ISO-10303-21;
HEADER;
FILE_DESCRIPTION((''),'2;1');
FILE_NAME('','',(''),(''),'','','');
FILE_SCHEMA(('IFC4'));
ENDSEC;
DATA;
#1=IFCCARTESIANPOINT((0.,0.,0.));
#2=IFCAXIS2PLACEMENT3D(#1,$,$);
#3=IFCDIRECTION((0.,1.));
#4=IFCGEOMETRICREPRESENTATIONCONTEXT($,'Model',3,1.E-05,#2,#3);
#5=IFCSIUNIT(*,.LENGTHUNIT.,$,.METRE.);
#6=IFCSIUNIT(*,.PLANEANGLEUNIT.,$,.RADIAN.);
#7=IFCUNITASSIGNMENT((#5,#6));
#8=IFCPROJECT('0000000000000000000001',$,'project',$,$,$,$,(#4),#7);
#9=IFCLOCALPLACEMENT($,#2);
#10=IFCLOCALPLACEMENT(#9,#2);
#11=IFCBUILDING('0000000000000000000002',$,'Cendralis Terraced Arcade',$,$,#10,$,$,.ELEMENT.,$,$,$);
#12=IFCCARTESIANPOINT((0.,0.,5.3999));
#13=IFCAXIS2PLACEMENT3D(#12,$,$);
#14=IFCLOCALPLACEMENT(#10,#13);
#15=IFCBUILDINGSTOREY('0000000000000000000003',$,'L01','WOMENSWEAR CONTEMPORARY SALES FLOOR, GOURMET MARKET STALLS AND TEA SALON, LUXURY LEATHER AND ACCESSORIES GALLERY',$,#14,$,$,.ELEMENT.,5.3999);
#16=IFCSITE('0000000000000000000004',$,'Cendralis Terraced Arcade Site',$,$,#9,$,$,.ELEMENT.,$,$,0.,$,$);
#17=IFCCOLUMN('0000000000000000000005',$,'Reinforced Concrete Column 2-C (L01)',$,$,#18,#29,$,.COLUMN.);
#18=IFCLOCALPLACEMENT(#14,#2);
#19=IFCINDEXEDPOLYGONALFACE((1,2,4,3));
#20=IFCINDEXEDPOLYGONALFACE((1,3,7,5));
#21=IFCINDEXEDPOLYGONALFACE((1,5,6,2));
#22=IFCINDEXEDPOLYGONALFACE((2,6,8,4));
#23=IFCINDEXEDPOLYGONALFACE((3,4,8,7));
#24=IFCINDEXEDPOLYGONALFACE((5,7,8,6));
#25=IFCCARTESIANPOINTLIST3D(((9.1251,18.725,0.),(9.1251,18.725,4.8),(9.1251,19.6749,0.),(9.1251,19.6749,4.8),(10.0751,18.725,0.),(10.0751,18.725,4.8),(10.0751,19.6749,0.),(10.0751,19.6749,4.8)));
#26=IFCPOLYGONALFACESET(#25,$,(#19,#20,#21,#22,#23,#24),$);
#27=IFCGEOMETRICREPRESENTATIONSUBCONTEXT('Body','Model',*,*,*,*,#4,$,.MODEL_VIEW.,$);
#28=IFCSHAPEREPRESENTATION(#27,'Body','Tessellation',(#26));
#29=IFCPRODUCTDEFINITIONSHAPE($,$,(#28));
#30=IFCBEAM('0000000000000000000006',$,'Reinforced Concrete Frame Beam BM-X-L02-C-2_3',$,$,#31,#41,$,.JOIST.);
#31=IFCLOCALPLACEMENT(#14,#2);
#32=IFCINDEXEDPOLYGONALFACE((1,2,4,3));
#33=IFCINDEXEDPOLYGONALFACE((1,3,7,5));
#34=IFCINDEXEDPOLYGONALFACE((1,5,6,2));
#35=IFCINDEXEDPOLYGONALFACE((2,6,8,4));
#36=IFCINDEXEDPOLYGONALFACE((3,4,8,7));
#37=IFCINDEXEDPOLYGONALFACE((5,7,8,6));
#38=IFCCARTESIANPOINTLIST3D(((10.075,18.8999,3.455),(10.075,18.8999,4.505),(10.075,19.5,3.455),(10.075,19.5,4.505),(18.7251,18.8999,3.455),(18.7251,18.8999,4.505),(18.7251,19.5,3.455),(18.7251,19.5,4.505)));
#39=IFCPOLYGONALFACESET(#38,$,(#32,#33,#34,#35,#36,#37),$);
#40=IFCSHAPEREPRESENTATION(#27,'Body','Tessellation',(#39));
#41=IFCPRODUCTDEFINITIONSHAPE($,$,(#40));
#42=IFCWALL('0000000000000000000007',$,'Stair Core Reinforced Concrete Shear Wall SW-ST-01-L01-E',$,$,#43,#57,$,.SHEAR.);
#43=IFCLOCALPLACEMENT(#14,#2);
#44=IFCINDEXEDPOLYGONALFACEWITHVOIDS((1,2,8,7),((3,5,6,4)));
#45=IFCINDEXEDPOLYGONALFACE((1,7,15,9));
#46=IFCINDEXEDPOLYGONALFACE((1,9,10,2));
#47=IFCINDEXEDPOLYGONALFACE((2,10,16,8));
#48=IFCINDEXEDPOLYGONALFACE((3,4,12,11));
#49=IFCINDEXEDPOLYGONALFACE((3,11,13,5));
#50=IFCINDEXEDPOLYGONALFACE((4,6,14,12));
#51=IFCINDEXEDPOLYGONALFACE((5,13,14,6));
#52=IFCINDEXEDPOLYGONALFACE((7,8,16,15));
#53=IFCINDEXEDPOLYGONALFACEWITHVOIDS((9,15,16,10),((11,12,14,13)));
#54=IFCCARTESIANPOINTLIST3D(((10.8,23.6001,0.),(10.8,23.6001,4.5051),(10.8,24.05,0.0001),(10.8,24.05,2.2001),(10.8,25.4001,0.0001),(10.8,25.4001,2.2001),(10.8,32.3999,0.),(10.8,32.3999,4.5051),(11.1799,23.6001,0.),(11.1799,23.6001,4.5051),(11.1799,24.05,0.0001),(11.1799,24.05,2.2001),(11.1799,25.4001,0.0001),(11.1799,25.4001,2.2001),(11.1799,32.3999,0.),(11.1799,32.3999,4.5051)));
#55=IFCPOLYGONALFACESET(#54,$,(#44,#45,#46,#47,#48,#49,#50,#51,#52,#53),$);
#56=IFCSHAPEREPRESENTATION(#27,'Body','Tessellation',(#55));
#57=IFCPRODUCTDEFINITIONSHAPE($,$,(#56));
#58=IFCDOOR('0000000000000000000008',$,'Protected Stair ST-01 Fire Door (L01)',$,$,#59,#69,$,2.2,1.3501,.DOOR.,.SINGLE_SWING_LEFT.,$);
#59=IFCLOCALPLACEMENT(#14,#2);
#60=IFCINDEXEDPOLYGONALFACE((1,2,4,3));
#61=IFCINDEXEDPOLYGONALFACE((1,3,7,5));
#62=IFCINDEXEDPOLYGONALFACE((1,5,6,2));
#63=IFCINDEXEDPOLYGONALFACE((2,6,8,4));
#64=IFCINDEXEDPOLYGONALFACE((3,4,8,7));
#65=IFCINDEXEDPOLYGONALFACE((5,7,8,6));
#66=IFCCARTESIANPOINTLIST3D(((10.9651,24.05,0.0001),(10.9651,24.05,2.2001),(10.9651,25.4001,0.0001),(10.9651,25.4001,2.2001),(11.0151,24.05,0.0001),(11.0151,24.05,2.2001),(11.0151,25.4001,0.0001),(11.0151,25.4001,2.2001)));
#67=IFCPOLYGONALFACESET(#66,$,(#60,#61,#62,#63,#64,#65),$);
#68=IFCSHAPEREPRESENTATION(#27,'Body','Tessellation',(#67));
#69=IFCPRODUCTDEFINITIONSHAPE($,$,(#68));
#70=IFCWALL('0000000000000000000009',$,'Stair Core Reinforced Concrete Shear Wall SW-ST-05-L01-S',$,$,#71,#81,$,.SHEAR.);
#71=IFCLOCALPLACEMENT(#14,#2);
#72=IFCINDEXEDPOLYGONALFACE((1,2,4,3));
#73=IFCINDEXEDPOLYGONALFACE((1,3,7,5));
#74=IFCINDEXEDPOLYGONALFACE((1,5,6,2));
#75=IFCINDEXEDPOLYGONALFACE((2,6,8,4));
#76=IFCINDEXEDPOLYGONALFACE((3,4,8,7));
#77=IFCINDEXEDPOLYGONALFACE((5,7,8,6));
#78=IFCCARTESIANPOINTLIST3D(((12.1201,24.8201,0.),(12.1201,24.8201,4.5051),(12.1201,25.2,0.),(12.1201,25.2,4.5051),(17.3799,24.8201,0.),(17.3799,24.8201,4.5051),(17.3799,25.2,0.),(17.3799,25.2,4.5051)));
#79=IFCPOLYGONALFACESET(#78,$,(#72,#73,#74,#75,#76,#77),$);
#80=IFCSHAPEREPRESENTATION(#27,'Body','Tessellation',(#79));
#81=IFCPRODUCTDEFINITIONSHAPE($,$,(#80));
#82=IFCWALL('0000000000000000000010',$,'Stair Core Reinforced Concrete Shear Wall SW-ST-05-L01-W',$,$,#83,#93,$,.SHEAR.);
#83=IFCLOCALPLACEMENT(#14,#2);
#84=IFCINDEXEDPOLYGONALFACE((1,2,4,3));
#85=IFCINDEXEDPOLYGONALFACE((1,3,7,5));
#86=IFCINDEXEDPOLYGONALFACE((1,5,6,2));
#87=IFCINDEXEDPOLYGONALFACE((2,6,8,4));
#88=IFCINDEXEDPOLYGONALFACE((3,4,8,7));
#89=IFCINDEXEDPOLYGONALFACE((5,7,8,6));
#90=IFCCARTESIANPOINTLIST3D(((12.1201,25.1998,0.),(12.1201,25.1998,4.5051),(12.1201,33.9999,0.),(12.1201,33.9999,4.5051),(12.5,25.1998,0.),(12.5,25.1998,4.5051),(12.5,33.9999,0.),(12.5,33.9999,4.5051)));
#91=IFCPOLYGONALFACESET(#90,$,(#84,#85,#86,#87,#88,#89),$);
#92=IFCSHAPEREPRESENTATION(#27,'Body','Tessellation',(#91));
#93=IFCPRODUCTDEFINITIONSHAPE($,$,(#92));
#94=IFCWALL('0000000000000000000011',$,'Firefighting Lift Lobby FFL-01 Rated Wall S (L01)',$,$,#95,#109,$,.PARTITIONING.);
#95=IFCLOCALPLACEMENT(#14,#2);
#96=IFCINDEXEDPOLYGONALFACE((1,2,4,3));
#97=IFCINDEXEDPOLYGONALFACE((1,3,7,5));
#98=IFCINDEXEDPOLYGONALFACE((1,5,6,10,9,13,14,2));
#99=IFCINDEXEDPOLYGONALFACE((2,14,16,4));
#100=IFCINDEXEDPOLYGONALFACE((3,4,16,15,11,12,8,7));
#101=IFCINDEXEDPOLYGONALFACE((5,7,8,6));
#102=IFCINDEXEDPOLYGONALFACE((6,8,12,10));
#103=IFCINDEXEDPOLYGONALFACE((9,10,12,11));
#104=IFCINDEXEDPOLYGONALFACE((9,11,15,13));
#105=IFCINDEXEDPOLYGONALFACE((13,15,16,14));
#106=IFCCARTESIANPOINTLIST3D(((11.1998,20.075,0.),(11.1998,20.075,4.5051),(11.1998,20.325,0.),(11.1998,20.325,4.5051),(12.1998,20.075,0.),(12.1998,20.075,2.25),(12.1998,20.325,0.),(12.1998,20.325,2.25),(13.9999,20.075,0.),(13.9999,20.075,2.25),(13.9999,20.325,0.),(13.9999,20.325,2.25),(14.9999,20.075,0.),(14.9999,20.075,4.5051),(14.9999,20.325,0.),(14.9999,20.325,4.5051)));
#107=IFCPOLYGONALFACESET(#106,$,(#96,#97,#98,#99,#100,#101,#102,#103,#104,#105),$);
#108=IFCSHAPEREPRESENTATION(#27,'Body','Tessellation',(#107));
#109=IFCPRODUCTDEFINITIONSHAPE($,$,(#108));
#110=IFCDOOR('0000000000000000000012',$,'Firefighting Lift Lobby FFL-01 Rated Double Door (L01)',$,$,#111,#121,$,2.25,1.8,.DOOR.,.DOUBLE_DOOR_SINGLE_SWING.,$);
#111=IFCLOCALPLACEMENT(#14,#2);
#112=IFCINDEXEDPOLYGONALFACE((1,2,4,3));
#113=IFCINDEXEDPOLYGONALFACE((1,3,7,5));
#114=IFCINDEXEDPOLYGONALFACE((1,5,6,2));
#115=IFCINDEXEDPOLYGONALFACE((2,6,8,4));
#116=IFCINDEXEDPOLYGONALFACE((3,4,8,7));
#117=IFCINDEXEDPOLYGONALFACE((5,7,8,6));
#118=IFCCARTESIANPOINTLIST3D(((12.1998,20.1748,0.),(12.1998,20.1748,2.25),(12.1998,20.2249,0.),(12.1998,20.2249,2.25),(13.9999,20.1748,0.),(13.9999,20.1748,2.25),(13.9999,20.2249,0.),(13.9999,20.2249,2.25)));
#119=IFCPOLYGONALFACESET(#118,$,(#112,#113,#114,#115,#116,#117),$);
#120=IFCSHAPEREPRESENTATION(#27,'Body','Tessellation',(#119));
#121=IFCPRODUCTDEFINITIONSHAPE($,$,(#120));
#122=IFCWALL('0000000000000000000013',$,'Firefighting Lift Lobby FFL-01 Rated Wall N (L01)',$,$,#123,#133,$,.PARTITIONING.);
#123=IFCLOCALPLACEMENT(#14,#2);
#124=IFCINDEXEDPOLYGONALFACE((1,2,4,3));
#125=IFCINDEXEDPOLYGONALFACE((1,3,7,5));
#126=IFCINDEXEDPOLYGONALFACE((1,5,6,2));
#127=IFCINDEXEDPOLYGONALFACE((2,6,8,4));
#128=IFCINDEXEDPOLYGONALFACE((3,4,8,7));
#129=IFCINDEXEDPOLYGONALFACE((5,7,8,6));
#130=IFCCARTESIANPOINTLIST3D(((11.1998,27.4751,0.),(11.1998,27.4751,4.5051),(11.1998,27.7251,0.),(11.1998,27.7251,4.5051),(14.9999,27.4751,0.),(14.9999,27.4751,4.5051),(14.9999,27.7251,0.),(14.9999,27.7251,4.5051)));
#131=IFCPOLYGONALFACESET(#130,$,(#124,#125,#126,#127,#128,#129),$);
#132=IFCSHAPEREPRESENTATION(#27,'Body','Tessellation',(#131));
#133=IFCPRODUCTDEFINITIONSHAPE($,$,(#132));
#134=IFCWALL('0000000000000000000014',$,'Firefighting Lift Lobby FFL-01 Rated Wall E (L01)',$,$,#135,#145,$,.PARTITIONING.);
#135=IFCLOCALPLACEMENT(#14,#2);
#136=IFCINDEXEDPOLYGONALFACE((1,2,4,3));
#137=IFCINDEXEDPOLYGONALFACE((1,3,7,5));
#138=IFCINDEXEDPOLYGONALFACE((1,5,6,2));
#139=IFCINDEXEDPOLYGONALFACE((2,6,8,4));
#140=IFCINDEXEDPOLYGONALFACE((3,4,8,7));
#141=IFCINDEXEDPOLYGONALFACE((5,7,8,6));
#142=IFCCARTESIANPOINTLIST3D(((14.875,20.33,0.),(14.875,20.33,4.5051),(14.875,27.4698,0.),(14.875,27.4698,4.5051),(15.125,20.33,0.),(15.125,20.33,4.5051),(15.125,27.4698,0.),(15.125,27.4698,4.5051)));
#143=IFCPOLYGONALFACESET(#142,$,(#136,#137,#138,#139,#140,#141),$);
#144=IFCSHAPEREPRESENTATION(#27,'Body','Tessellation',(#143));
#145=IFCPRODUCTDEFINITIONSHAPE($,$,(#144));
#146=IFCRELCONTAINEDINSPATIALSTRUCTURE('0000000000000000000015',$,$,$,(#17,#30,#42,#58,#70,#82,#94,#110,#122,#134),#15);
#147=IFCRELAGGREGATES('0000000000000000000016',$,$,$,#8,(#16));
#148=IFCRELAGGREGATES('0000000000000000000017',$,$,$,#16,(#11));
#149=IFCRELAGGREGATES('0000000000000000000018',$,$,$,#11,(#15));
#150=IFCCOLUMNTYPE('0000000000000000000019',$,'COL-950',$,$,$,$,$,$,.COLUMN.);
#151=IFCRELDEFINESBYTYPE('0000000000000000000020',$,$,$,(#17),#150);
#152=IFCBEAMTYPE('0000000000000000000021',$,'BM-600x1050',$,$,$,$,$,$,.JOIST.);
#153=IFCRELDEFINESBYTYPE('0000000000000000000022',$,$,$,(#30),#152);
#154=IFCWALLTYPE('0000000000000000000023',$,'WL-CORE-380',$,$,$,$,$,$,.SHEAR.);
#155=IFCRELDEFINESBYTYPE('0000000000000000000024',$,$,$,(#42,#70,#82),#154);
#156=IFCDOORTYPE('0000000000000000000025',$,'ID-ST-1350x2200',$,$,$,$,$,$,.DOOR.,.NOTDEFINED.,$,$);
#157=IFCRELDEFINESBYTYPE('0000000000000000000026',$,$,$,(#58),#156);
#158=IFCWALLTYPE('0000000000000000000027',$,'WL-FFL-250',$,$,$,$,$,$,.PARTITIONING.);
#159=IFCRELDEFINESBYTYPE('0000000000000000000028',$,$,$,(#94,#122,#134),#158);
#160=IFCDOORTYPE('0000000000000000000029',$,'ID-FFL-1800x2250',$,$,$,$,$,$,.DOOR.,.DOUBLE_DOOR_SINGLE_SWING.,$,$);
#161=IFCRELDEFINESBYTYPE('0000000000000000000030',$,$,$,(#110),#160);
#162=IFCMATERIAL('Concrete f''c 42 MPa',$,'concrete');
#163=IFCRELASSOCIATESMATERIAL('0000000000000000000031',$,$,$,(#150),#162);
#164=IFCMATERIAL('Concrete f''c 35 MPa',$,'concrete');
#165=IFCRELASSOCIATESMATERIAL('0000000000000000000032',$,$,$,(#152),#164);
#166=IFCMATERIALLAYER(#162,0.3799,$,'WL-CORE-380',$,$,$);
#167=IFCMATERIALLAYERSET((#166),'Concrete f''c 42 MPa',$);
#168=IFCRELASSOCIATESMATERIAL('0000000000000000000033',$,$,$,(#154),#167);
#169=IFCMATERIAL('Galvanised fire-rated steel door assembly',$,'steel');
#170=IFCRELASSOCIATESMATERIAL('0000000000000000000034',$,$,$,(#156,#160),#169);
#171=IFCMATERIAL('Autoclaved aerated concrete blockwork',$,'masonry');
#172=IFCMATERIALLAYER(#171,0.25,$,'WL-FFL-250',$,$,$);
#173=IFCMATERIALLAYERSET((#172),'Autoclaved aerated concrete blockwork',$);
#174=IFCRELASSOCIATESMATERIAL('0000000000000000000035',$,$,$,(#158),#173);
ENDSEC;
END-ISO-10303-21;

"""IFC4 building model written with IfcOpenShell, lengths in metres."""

from ifc_helpers import new_model, si_unit, direction, frame, frame_2d, origin, origin_2d, place, context, subcontext, project, spatial, rectangle, extrude, material, layer, layer_set, material_profile, profile_set, type_object, element, fill, save


model = new_model("IFC4")

# Units and contexts
model_context = context("Model", 3, precision=1e-05, world=origin(), true_north=direction((0.0, 1.0)))
body_context = subcontext(model_context, "Body", "Model", "MODEL_VIEW")
ifc_project = project(units=[si_unit("LENGTHUNIT", "METRE"), si_unit("PLANEANGLEUNIT", "RADIAN")], contexts=[model_context])

# Site, building, storey
site_placement = place(None, origin())
site = spatial("IfcSite", under=ifc_project, at=site_placement, Name="Cendralis Terraced Arcade Site", CompositionType="ELEMENT", RefElevation=0.0)
building_placement = place(site_placement, origin())
building = spatial("IfcBuilding", under=site, at=building_placement, Name="Cendralis Terraced Arcade", CompositionType="ELEMENT")
storey_placement = place(building_placement, frame((0.0, 0.0, 5.3999)))
storey = spatial("IfcBuildingStorey", under=building, at=storey_placement, Name="L01", Description="WOMENSWEAR CONTEMPORARY SALES FLOOR, GOURMET MARKET STALLS AND TEA SALON, LUXURY LEATHER AND ACCESSORIES GALLERY", CompositionType="ELEMENT", Elevation=5.3999)

# Column
ifc_material_1 = material(Name="Concrete f'c 42 MPa", Category="concrete")
ifc_material_profile_1 = material_profile(ifc_material_1, rectangle(XDim=0.95, YDim=0.95, at=origin_2d()), Name="RC-COL-950x950", Category="LoadBearing")
ifc_profile_set_1 = profile_set([ifc_material_profile_1], Name="Concrete f'c 42 MPa")
column_type = type_object("IfcColumnType", Name="COL-950", PredefinedType="COLUMN", material=ifc_profile_set_1)
column_placement = place(storey_placement, frame((9.6001, 19.2, 0.0), z_axis=(0.0, 0.0, 1.0), x_axis=(1.0, 0.0, 0.0)))
element("IfcColumn", 1, at=column_placement, inside=storey, type_object=column_type, Name="Reinforced Concrete Column 2-C (L01)", PredefinedType="COLUMN", context=body_context, shape_type="SweptSolid", body=[
    extrude(rectangle(XDim=0.95, YDim=0.95, at=origin_2d()), origin(), (0.0, 0.0, 1.0), 4.8),
])

# Beam
ifc_material_2 = material(Name="Concrete f'c 35 MPa", Category="concrete")
ifc_material_profile_2 = material_profile(ifc_material_2, rectangle(XDim=0.6001, YDim=1.05, at=origin_2d()), Name="RC-BM-600x1050", Category="LoadBearing")
ifc_profile_set_2 = profile_set([ifc_material_profile_2], Name="Concrete f'c 35 MPa")
beam_type = type_object("IfcBeamType", Name="BM-600x1050", PredefinedType="JOIST", material=ifc_profile_set_2)
beam_placement = place(storey_placement, frame((10.075, 19.2, 3.98), z_axis=(1.0, 0.0, 0.0), x_axis=(0.0, 1.0, 0.0)))
element("IfcBeam", 2, at=beam_placement, inside=storey, type_object=beam_type, Name="Reinforced Concrete Frame Beam BM-X-L02-C-2_3", PredefinedType="JOIST", context=body_context, shape_type="SweptSolid", body=[
    extrude(rectangle(XDim=0.6001, YDim=1.05, at=origin_2d()), origin(), (0.0, 0.0, 1.0), 8.6501),
])

# Wall, opening, door
ifc_layer_1 = layer(ifc_material_1, 0.3799, Name="WL-CORE-380")
ifc_layer_set_1 = layer_set([ifc_layer_1], Name="Concrete f'c 42 MPa")
wall_type_1 = type_object("IfcWallType", Name="WL-CORE-380", PredefinedType="SHEAR", material=ifc_layer_set_1)
wall_1_placement = place(storey_placement, frame((10.99, 23.6001, 0.0), z_axis=(0.0, 0.0, 1.0), x_axis=(0.0, 1.0, 0.0)))
wall_1 = element("IfcWall", 3, at=wall_1_placement, inside=storey, type_object=wall_type_1, Name="Stair Core Reinforced Concrete Shear Wall SW-ST-01-L01-E", PredefinedType="SHEAR", context=body_context, shape_type="SweptSolid", body=[
    extrude(rectangle(XDim=8.7998, YDim=0.3799, at=frame_2d((4.3999, 0.0))), origin(), (0.0, 0.0, 1.0), 4.5051),
])
opening_1_placement = place(wall_1_placement, frame((0.45, 0.0, 0.0)))
opening_1 = element("IfcOpeningElement", 4, at=opening_1_placement, cuts=wall_1, PredefinedType="OPENING", context=body_context, shape_type="SweptSolid", body=[
    extrude(rectangle(XDim=1.3501, YDim=2.2, at=frame_2d((0.675, 1.1001))), frame((0.0, 0.2019, 0.0), z_axis=(0.0, -1.0, 0.0), x_axis=(1.0, 0.0, 0.0)), (0.0, 0.0, 1.0), 0.4038),
])
ifc_material_3 = material(Name="Galvanised fire-rated steel door assembly", Category="steel")
door_type_1 = type_object("IfcDoorType", Name="ID-ST-1350x2200", OperationType="NOTDEFINED", PredefinedType="DOOR", material=ifc_material_3)
door_1_placement = place(opening_1_placement, origin())
door_1 = element("IfcDoor", 5, at=door_1_placement, inside=storey, type_object=door_type_1, Name="Protected Stair ST-01 Fire Door (L01)", OperationType="SINGLE_SWING_LEFT", OverallHeight=2.2, OverallWidth=1.3501, PredefinedType="DOOR", context=body_context, shape_type="SweptSolid", body=[
    extrude(rectangle(XDim=1.3501, YDim=2.2, at=frame_2d((0.675, 1.1001))), frame((0.0, 0.0249, 0.0), z_axis=(0.0, -1.0, 0.0), x_axis=(1.0, 0.0, 0.0)), (0.0, 0.0, 1.0), 0.05),
])
fill(opening_1, door_1)

# Walls
wall_2_placement = place(storey_placement, frame((12.1201, 25.01, 0.0), z_axis=(0.0, 0.0, 1.0), x_axis=(1.0, 0.0, 0.0)))
element("IfcWall", 6, at=wall_2_placement, inside=storey, type_object=wall_type_1, Name="Stair Core Reinforced Concrete Shear Wall SW-ST-05-L01-S", PredefinedType="SHEAR", context=body_context, shape_type="SweptSolid", body=[
    extrude(rectangle(XDim=5.2598, YDim=0.3799, at=frame_2d((2.6299, 0.0))), origin(), (0.0, 0.0, 1.0), 4.5051),
])
wall_3_placement = place(storey_placement, frame((12.3101, 25.2, 0.0), z_axis=(0.0, 0.0, 1.0), x_axis=(0.0, 1.0, 0.0)))
element("IfcWall", 7, at=wall_3_placement, inside=storey, type_object=wall_type_1, Name="Stair Core Reinforced Concrete Shear Wall SW-ST-05-L01-W", PredefinedType="SHEAR", context=body_context, shape_type="SweptSolid", body=[
    extrude(rectangle(XDim=8.8, YDim=0.3799, at=frame_2d((4.3999, 0.0))), origin(), (0.0, 0.0, 1.0), 4.5051),
])

# Wall, opening, door
ifc_material_4 = material(Name="Autoclaved aerated concrete blockwork", Category="masonry")
ifc_layer_2 = layer(ifc_material_4, 0.25, Name="WL-FFL-250")
ifc_layer_set_2 = layer_set([ifc_layer_2], Name="Autoclaved aerated concrete blockwork")
wall_type_2 = type_object("IfcWallType", Name="WL-FFL-250", PredefinedType="PARTITIONING", material=ifc_layer_set_2)
wall_4_placement = place(storey_placement, frame((11.2, 20.2, 0.0), z_axis=(0.0, 0.0, 1.0), x_axis=(1.0, 0.0, 0.0)))
wall_4 = element("IfcWall", 8, at=wall_4_placement, inside=storey, type_object=wall_type_2, Name="Firefighting Lift Lobby FFL-01 Rated Wall S (L01)", PredefinedType="PARTITIONING", context=body_context, shape_type="SweptSolid", body=[
    extrude(rectangle(XDim=3.8, YDim=0.25, at=frame_2d((1.8999, 0.0))), origin(), (0.0, 0.0, 1.0), 4.5051),
])
opening_2_placement = place(wall_4_placement, frame((1.0, 0.0, 0.0)))
opening_2 = element("IfcOpeningElement", 9, at=opening_2_placement, cuts=wall_4, PredefinedType="OPENING", context=body_context, shape_type="SweptSolid", body=[
    extrude(rectangle(XDim=1.8, YDim=2.25, at=frame_2d((0.8999, 1.125))), frame((0.0, 0.137, 0.0), z_axis=(0.0, -1.0, 0.0), x_axis=(1.0, 0.0, 0.0)), (0.0, 0.0, 1.0), 0.2739),
])
door_type_2 = type_object("IfcDoorType", Name="ID-FFL-1800x2250", OperationType="DOUBLE_DOOR_SINGLE_SWING", PredefinedType="DOOR", material=ifc_material_3)
door_2_placement = place(opening_2_placement, origin())
door_2 = element("IfcDoor", 10, at=door_2_placement, inside=storey, type_object=door_type_2, Name="Firefighting Lift Lobby FFL-01 Rated Double Door (L01)", OperationType="DOUBLE_DOOR_SINGLE_SWING", OverallHeight=2.25, OverallWidth=1.8, PredefinedType="DOOR", context=body_context, shape_type="SweptSolid", body=[
    extrude(rectangle(XDim=1.8, YDim=2.25, at=frame_2d((0.8999, 1.125))), frame((0.0, 0.0249, 0.0), z_axis=(0.0, -1.0, 0.0), x_axis=(1.0, 0.0, 0.0)), (0.0, 0.0, 1.0), 0.05),
])
fill(opening_2, door_2)

# Walls
wall_5_placement = place(storey_placement, frame((11.2, 27.6001, 0.0), z_axis=(0.0, 0.0, 1.0), x_axis=(1.0, 0.0, 0.0)))
element("IfcWall", 11, at=wall_5_placement, inside=storey, type_object=wall_type_2, Name="Firefighting Lift Lobby FFL-01 Rated Wall N (L01)", PredefinedType="PARTITIONING", context=body_context, shape_type="SweptSolid", body=[
    extrude(rectangle(XDim=3.8, YDim=0.25, at=frame_2d((1.8999, 0.0))), origin(), (0.0, 0.0, 1.0), 4.5051),
])
wall_6_placement = place(storey_placement, frame((15.0, 20.3301, 0.0), z_axis=(0.0, 0.0, 1.0), x_axis=(0.0, 1.0, 0.0)))
element("IfcWall", 12, at=wall_6_placement, inside=storey, type_object=wall_type_2, Name="Firefighting Lift Lobby FFL-01 Rated Wall E (L01)", PredefinedType="PARTITIONING", context=body_context, shape_type="SweptSolid", body=[
    extrude(rectangle(XDim=7.1399, YDim=0.25, at=frame_2d((3.5698, 0.0))), origin(), (0.0, 0.0, 1.0), 4.5051),
])

save(model, "model.ifc")
